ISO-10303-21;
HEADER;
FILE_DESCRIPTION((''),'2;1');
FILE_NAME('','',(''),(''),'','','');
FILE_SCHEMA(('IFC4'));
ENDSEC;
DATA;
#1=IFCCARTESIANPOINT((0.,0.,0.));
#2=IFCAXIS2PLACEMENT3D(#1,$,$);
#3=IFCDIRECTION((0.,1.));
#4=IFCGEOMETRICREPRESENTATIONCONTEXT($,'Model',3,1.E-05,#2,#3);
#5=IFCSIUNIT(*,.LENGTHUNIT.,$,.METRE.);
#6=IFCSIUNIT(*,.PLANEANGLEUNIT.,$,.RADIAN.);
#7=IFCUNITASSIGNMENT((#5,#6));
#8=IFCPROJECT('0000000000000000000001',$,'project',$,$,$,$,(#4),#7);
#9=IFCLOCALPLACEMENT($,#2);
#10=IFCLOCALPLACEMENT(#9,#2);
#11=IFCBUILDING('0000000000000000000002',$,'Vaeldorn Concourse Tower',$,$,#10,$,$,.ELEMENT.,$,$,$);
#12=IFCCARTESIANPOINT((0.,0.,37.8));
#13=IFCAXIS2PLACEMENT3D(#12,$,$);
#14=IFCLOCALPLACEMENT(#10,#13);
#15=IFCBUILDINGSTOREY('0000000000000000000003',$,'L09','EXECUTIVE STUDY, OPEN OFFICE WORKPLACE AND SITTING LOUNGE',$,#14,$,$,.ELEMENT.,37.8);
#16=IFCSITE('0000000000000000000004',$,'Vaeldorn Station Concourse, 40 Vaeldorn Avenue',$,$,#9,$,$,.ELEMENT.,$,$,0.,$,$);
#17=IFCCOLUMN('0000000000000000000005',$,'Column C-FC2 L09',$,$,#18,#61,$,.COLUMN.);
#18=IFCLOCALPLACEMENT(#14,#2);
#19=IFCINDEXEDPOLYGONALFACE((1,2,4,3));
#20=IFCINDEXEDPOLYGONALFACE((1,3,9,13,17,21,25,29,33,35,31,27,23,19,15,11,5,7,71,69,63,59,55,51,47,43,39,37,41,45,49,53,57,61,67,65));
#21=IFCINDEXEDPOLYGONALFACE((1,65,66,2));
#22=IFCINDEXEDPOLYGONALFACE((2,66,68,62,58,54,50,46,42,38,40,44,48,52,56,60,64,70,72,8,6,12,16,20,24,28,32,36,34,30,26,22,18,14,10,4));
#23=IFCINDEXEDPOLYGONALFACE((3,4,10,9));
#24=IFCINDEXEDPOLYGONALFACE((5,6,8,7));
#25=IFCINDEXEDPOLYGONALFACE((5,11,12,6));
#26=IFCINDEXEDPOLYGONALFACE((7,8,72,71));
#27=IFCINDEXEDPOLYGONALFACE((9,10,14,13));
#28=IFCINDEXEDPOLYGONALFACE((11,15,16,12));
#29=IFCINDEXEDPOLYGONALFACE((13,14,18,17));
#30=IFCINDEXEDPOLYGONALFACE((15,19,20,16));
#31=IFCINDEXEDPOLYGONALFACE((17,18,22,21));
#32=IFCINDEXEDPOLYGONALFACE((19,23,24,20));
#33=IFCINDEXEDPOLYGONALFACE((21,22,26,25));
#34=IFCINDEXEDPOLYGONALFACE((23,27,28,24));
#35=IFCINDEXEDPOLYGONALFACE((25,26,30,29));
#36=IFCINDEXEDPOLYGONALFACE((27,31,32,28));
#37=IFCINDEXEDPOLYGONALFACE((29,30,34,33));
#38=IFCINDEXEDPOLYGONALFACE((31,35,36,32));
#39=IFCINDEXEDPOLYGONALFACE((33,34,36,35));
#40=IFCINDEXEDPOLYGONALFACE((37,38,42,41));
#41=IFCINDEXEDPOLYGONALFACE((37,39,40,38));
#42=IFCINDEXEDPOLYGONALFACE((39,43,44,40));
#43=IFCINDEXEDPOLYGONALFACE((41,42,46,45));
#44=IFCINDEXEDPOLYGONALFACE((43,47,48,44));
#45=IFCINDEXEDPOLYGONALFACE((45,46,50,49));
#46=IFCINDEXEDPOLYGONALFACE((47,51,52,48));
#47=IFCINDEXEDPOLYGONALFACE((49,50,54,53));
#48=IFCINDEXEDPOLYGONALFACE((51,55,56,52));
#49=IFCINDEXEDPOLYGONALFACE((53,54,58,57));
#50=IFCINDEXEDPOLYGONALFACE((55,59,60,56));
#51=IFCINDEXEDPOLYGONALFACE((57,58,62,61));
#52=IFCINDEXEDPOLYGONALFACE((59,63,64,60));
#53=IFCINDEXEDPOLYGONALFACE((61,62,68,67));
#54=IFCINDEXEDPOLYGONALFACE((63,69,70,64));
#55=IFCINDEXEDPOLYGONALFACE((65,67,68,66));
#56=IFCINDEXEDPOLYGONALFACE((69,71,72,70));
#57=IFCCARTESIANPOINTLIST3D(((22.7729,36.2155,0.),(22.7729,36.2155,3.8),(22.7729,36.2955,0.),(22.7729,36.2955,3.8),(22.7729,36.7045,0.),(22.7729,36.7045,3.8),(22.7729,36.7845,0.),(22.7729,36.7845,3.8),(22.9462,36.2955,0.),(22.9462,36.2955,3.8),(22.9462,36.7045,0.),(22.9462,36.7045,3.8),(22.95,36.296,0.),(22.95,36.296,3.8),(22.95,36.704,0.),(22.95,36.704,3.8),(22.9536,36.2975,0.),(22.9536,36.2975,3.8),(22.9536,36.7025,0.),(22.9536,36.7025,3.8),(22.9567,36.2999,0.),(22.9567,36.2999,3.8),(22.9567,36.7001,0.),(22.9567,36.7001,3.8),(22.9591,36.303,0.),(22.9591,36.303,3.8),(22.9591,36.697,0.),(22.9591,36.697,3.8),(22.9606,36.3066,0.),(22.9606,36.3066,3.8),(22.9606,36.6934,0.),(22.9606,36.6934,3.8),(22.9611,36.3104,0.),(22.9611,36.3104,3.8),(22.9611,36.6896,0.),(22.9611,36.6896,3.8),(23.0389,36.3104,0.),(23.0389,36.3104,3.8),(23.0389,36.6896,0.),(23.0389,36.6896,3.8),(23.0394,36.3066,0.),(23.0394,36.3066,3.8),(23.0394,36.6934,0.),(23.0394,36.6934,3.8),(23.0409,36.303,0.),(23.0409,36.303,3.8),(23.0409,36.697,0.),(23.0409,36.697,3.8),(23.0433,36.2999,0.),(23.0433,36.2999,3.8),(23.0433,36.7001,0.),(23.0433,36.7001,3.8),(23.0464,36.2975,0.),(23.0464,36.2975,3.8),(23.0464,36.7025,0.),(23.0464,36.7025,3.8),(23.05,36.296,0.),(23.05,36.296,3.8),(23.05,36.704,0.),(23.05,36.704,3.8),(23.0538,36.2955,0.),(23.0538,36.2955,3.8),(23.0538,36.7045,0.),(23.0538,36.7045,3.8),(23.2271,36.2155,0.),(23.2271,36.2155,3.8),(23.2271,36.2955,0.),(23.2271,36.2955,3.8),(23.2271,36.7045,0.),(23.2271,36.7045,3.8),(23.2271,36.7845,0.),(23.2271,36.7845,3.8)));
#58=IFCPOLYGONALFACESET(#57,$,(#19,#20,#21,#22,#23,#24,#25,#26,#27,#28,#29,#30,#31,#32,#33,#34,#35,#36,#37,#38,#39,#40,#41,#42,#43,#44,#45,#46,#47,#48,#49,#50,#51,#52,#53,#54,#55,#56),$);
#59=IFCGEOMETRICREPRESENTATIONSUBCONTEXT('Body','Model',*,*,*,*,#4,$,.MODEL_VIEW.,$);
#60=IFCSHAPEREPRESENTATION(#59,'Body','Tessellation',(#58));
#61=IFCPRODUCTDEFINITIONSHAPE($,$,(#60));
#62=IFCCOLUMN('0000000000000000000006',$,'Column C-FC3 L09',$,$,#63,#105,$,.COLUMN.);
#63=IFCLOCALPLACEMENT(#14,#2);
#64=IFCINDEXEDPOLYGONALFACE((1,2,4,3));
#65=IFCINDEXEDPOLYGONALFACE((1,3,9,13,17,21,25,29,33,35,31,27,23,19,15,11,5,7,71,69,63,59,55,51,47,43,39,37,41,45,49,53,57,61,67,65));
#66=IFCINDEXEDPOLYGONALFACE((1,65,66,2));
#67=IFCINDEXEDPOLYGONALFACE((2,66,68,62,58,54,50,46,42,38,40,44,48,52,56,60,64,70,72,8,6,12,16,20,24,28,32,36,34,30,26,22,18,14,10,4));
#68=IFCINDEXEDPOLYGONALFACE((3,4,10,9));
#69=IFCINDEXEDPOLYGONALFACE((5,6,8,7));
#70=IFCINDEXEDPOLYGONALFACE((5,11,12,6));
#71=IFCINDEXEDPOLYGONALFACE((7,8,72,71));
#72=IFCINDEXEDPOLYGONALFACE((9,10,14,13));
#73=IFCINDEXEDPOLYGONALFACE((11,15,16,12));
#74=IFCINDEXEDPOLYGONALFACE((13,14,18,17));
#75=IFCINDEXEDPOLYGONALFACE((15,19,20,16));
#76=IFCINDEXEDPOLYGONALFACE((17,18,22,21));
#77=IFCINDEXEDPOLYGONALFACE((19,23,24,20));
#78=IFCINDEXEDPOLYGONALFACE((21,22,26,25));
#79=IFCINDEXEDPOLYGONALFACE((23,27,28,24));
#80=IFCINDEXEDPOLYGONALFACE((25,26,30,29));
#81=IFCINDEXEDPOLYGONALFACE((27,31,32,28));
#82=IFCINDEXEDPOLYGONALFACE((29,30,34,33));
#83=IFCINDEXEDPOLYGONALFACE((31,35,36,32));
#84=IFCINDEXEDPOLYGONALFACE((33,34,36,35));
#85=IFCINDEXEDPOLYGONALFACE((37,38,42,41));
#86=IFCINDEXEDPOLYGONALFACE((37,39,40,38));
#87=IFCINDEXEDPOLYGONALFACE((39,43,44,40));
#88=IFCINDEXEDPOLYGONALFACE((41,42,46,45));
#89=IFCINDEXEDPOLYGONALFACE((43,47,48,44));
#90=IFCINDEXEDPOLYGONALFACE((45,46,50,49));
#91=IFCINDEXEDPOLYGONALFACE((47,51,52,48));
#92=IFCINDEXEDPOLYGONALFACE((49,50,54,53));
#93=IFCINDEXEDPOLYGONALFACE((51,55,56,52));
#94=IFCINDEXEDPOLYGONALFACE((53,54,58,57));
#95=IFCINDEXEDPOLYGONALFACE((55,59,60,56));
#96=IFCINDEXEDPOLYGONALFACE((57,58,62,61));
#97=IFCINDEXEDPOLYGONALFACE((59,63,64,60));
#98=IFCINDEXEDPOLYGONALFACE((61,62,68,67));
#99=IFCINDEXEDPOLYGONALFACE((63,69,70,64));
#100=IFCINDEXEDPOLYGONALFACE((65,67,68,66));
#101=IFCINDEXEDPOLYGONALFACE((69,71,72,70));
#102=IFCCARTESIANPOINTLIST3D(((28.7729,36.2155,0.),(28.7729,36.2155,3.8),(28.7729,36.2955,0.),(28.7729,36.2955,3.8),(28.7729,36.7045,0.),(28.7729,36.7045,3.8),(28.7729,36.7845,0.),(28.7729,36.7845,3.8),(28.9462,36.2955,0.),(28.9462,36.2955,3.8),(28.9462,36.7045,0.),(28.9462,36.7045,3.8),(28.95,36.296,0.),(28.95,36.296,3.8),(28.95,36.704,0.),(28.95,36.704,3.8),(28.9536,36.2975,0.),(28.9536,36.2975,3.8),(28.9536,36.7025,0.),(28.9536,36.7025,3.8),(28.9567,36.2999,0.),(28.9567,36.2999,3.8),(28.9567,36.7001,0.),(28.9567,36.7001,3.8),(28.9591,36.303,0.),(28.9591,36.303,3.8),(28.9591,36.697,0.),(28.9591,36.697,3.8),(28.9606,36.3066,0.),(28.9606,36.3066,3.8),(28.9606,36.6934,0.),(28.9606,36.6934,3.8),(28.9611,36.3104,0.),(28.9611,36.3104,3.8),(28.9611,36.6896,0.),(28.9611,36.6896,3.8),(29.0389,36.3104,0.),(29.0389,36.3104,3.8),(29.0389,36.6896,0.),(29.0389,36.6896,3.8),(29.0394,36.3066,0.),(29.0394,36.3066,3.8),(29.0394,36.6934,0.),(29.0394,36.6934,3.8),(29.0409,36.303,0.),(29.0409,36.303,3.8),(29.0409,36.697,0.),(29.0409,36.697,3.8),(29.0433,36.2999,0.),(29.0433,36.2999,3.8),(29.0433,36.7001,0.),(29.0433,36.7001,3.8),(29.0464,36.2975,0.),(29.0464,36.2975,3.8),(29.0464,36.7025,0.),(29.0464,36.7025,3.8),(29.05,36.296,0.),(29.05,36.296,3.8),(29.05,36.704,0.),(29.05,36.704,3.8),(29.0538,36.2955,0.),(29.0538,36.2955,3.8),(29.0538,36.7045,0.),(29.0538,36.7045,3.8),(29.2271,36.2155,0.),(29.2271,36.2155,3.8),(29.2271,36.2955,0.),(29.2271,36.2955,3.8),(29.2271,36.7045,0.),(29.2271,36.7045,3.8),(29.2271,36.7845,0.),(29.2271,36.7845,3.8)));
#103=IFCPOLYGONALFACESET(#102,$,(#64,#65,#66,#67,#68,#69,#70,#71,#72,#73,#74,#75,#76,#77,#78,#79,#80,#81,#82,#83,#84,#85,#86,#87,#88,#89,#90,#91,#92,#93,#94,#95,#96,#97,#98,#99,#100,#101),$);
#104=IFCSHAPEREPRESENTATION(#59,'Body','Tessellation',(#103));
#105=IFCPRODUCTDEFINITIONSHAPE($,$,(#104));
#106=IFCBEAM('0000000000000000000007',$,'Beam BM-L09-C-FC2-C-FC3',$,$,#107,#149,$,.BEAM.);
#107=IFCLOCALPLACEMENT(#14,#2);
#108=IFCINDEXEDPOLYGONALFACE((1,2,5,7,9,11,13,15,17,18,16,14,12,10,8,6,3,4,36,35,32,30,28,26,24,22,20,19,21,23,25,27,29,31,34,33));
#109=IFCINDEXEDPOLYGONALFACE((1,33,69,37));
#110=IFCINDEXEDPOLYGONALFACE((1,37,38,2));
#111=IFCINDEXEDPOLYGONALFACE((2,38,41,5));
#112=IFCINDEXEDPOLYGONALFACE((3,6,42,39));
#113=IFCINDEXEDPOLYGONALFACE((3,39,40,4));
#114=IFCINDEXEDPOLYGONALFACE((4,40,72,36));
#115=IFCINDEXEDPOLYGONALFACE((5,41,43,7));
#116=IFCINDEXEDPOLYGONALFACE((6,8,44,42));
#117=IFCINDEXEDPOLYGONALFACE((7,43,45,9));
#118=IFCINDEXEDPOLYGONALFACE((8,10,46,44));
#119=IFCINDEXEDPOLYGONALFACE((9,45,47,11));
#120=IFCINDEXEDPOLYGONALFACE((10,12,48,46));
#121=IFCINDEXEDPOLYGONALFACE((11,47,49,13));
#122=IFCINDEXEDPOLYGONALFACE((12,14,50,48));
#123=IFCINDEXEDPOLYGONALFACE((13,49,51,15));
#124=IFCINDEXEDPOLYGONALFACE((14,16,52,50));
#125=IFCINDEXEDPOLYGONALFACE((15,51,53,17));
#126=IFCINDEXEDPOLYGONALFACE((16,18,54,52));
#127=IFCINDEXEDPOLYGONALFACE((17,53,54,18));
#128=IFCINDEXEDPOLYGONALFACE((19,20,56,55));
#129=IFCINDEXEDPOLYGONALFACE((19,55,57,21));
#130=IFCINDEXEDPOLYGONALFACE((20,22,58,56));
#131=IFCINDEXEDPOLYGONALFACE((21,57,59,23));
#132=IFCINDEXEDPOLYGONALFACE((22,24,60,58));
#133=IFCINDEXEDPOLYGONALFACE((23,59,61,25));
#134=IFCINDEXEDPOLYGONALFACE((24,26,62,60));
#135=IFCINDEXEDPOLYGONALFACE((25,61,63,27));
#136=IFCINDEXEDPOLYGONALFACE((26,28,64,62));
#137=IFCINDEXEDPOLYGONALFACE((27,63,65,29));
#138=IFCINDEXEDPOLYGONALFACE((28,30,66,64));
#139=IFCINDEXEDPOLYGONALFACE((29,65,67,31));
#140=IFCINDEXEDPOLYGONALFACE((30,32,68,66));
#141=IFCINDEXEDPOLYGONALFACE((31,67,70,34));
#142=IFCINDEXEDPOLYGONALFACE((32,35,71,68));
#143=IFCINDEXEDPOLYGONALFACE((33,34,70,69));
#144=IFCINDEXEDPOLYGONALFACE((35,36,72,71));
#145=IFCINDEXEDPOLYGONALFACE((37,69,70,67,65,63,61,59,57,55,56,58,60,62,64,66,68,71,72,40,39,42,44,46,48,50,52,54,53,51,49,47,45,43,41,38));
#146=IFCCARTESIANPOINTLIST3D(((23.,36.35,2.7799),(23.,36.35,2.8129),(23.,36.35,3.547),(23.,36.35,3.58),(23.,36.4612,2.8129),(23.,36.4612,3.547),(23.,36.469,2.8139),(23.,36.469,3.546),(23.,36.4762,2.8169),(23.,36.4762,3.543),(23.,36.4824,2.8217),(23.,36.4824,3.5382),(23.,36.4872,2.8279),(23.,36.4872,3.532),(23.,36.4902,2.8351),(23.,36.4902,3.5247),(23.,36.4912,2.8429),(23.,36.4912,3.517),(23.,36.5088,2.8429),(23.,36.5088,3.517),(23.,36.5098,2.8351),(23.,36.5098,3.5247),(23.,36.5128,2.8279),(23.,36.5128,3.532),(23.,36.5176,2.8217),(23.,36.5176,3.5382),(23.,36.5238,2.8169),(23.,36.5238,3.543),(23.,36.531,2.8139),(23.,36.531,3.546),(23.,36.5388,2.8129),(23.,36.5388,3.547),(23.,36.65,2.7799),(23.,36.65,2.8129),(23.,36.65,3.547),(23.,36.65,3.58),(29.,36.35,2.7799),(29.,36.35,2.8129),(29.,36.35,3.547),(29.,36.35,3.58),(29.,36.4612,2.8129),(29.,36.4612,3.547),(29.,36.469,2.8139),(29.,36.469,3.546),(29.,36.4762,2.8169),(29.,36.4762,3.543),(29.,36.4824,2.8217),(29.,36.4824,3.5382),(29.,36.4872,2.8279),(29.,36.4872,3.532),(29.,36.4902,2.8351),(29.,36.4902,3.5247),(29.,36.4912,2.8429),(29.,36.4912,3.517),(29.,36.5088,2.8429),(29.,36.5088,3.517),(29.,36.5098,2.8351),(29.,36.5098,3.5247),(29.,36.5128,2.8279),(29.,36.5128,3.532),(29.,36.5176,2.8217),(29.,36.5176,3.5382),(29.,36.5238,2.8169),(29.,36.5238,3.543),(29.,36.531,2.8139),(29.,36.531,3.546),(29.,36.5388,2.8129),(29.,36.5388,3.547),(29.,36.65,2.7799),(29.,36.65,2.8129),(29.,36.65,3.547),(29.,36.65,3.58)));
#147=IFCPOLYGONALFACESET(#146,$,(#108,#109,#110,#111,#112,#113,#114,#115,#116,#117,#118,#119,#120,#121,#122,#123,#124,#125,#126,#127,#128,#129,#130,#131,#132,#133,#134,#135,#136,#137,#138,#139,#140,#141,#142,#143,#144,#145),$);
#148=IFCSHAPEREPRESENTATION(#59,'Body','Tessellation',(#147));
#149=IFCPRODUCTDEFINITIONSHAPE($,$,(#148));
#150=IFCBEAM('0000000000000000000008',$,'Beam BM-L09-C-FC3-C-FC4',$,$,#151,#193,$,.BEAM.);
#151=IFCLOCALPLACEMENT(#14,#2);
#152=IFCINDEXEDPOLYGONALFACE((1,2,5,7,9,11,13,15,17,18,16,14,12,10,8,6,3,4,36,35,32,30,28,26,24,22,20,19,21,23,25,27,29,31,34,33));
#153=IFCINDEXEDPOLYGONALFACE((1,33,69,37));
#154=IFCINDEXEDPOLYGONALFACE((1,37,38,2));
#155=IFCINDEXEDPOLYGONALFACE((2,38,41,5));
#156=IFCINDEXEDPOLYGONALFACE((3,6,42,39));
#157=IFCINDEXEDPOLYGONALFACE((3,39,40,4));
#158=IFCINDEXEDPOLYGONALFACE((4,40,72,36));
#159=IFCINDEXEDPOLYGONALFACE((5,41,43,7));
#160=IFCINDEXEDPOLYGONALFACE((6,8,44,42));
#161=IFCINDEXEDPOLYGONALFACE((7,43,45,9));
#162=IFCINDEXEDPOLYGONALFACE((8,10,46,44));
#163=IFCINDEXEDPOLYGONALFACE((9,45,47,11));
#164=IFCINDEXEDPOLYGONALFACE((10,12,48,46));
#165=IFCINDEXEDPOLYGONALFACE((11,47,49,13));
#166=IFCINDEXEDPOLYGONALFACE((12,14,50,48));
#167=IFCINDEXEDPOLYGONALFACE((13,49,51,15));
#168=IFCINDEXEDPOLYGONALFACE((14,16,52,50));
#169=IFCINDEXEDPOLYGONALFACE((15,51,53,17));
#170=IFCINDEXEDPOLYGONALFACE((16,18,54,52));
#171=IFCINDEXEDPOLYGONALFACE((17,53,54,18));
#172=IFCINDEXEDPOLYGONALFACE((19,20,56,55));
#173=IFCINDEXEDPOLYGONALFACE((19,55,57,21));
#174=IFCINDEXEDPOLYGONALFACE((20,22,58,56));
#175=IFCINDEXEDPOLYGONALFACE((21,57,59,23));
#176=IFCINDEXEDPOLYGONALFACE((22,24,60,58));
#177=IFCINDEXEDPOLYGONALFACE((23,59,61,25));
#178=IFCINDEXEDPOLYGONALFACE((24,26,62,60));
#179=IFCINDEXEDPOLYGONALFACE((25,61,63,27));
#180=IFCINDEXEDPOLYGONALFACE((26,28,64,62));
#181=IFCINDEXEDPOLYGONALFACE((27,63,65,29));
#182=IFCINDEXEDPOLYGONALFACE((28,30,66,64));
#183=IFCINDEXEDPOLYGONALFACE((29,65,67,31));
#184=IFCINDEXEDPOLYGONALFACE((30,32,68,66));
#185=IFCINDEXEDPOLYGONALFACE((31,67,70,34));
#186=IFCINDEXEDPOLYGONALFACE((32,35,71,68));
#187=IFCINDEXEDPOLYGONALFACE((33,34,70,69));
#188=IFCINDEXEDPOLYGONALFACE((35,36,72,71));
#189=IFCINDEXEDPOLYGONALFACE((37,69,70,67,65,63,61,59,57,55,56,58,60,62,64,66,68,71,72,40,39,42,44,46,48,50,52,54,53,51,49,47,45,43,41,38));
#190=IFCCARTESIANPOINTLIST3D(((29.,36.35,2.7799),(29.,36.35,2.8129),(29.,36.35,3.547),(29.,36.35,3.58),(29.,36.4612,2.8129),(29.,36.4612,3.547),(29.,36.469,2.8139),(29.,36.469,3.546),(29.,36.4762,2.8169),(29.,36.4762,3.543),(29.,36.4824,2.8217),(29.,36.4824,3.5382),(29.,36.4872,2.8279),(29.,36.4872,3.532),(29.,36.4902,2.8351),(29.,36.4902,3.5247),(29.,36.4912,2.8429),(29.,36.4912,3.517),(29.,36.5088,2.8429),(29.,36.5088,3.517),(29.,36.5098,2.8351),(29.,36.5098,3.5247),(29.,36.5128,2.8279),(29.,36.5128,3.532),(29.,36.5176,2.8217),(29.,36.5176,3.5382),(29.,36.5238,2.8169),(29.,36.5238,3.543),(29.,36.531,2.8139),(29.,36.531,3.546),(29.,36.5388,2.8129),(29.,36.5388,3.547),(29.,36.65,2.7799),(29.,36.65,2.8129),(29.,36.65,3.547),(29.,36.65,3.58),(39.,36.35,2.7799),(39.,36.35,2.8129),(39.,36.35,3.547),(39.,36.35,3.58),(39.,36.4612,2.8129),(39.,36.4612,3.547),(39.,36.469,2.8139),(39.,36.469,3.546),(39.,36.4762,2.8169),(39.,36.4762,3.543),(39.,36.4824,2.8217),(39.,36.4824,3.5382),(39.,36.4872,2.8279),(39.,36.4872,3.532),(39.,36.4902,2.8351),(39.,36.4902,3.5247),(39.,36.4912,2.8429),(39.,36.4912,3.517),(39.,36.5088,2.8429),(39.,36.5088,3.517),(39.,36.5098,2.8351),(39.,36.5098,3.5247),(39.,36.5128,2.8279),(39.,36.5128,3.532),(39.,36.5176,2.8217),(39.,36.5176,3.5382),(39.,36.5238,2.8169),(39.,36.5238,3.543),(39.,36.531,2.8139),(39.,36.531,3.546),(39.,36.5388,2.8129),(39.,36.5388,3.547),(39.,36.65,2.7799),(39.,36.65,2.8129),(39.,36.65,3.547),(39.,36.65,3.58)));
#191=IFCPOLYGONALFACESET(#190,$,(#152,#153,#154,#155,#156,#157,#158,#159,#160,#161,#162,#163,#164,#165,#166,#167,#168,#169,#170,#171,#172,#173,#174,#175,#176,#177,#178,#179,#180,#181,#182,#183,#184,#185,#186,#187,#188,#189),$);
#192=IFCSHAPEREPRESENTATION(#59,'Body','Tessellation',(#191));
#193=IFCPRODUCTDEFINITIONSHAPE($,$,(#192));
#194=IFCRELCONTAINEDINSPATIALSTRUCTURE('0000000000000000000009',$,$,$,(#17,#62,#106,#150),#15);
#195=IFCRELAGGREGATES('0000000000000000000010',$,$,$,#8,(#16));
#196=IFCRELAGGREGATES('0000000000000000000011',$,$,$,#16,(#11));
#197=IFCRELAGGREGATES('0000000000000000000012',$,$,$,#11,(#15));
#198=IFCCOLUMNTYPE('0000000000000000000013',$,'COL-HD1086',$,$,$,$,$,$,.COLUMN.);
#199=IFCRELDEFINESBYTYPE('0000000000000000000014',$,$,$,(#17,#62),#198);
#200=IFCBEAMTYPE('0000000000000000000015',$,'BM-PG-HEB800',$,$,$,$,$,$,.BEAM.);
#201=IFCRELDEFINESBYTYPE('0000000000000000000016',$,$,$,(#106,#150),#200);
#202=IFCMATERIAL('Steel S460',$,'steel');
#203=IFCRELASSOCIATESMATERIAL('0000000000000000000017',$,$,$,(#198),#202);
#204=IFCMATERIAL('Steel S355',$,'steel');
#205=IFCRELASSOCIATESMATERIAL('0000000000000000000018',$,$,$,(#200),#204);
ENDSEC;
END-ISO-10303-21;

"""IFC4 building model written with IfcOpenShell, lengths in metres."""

from ifc_helpers import new_model, si_unit, direction, frame, origin, origin_2d, place, context, subcontext, project, spatial, i_section, extrude, source, transform, mapped, material, material_profile, profile_set, type_object, element, save


model = new_model("IFC4")

# Units and contexts
model_context = context("Model", 3, precision=1e-05, world=origin(), true_north=direction((0.0, 1.0)))
body_context = subcontext(model_context, "Body", "Model", "MODEL_VIEW")
ifc_project = project(units=[si_unit("LENGTHUNIT", "METRE"), si_unit("PLANEANGLEUNIT", "RADIAN")], contexts=[model_context])

# Site, building, storey
site_placement = place(None, origin())
site = spatial("IfcSite", under=ifc_project, at=site_placement, Name="Vaeldorn Station Concourse, 40 Vaeldorn Avenue", CompositionType="ELEMENT", RefElevation=0.0)
building_placement = place(site_placement, origin())
building = spatial("IfcBuilding", under=site, at=building_placement, Name="Vaeldorn Concourse Tower", CompositionType="ELEMENT")
storey_placement = place(building_placement, frame((0.0, 0.0, 37.8)))
storey = spatial("IfcBuildingStorey", under=building, at=storey_placement, Name="L09", Description="EXECUTIVE STUDY, OPEN OFFICE WORKPLACE AND SITTING LOUNGE", CompositionType="ELEMENT", Elevation=37.8)

# Columns
ifc_material_1 = material(Name="Steel S460", Category="steel")
ifc_material_profile_1 = material_profile(ifc_material_1, i_section(OverallWidth=0.4541, OverallDepth=0.5691, WebThickness=0.0779, FlangeThickness=0.0801, FilletRadius=0.0149, at=origin_2d()), Name="HD 400x1086")
ifc_profile_set_1 = profile_set([ifc_material_profile_1], Name="Steel S460")
column_type = type_object("IfcColumnType", Name="COL-HD1086", PredefinedType="COLUMN", material=ifc_profile_set_1)
shared_shape_1 = source(origin(), body_context, "Body", "SweptSolid", [
    extrude(i_section(OverallWidth=0.4541, OverallDepth=0.5691, WebThickness=0.0779, FlangeThickness=0.0801, FilletRadius=0.0149, at=origin_2d()), origin(), (0.0, 0.0, 1.0), 3.8),
])
for number, where, z_axis, x_axis, name in (
    (1, (23.0, 36.5, 0.0), (0.0, 0.0, 1.0), (1.0, 0.0, 0.0), "Column C-FC2 L09"),
    (2, (29.0, 36.5, 0.0), (0.0, 0.0, 1.0), (1.0, 0.0, 0.0), "Column C-FC3 L09"),
):
    element("IfcColumn", number, at=place(storey_placement, frame(where, z_axis=z_axis, x_axis=x_axis)), inside=storey, type_object=column_type, Name=name, PredefinedType="COLUMN", context=body_context, shape_type="MappedRepresentation", body=[
        mapped(shared_shape_1, transform((0.0, 0.0, 0.0), scale=1.0)),
    ])

# Beams
ifc_material_2 = material(Name="Steel S355", Category="steel")
ifc_material_profile_2 = material_profile(ifc_material_2, i_section(OverallWidth=0.3, OverallDepth=0.8, WebThickness=0.0176, FlangeThickness=0.033, FilletRadius=0.03, at=origin_2d()), Name="HEB 800")
ifc_profile_set_2 = profile_set([ifc_material_profile_2], Name="Steel S355")
beam_type_1 = type_object("IfcBeamType", Name="BM-PG-HEB800", PredefinedType="BEAM", material=ifc_profile_set_2)
shared_shape_2 = source(origin(), body_context, "Body", "SweptSolid", [
    extrude(i_section(OverallWidth=0.3, OverallDepth=0.8, WebThickness=0.0176, FlangeThickness=0.033, FilletRadius=0.03, at=origin_2d()), origin(), (0.0, 0.0, 1.0), 6.0),
])
beam_1_placement = place(storey_placement, frame((23.0, 36.5, 3.1799), z_axis=(1.0, 0.0, 0.0), x_axis=(0.0, 1.0, 0.0)))
element("IfcBeam", 3, at=beam_1_placement, inside=storey, type_object=beam_type_1, Name="Beam BM-L09-C-FC2-C-FC3", PredefinedType="BEAM", context=body_context, shape_type="MappedRepresentation", body=[
    mapped(shared_shape_2, transform((0.0, 0.0, 0.0), scale=1.0)),
])
shared_shape_3 = source(origin(), body_context, "Body", "SweptSolid", [
    extrude(i_section(OverallWidth=0.3, OverallDepth=0.8, WebThickness=0.0176, FlangeThickness=0.033, FilletRadius=0.03, at=origin_2d()), origin(), (0.0, 0.0, 1.0), 10.0),
])
beam_2_placement = place(storey_placement, frame((29.0, 36.5, 3.1799), z_axis=(1.0, 0.0, 0.0), x_axis=(0.0, 1.0, 0.0)))
element("IfcBeam", 4, at=beam_2_placement, inside=storey, type_object=beam_type_1, Name="Beam BM-L09-C-FC3-C-FC4", PredefinedType="BEAM", context=body_context, shape_type="MappedRepresentation", body=[
    mapped(shared_shape_3, transform((0.0, 0.0, 0.0), scale=1.0)),
])

save(model, "model.ifc")
